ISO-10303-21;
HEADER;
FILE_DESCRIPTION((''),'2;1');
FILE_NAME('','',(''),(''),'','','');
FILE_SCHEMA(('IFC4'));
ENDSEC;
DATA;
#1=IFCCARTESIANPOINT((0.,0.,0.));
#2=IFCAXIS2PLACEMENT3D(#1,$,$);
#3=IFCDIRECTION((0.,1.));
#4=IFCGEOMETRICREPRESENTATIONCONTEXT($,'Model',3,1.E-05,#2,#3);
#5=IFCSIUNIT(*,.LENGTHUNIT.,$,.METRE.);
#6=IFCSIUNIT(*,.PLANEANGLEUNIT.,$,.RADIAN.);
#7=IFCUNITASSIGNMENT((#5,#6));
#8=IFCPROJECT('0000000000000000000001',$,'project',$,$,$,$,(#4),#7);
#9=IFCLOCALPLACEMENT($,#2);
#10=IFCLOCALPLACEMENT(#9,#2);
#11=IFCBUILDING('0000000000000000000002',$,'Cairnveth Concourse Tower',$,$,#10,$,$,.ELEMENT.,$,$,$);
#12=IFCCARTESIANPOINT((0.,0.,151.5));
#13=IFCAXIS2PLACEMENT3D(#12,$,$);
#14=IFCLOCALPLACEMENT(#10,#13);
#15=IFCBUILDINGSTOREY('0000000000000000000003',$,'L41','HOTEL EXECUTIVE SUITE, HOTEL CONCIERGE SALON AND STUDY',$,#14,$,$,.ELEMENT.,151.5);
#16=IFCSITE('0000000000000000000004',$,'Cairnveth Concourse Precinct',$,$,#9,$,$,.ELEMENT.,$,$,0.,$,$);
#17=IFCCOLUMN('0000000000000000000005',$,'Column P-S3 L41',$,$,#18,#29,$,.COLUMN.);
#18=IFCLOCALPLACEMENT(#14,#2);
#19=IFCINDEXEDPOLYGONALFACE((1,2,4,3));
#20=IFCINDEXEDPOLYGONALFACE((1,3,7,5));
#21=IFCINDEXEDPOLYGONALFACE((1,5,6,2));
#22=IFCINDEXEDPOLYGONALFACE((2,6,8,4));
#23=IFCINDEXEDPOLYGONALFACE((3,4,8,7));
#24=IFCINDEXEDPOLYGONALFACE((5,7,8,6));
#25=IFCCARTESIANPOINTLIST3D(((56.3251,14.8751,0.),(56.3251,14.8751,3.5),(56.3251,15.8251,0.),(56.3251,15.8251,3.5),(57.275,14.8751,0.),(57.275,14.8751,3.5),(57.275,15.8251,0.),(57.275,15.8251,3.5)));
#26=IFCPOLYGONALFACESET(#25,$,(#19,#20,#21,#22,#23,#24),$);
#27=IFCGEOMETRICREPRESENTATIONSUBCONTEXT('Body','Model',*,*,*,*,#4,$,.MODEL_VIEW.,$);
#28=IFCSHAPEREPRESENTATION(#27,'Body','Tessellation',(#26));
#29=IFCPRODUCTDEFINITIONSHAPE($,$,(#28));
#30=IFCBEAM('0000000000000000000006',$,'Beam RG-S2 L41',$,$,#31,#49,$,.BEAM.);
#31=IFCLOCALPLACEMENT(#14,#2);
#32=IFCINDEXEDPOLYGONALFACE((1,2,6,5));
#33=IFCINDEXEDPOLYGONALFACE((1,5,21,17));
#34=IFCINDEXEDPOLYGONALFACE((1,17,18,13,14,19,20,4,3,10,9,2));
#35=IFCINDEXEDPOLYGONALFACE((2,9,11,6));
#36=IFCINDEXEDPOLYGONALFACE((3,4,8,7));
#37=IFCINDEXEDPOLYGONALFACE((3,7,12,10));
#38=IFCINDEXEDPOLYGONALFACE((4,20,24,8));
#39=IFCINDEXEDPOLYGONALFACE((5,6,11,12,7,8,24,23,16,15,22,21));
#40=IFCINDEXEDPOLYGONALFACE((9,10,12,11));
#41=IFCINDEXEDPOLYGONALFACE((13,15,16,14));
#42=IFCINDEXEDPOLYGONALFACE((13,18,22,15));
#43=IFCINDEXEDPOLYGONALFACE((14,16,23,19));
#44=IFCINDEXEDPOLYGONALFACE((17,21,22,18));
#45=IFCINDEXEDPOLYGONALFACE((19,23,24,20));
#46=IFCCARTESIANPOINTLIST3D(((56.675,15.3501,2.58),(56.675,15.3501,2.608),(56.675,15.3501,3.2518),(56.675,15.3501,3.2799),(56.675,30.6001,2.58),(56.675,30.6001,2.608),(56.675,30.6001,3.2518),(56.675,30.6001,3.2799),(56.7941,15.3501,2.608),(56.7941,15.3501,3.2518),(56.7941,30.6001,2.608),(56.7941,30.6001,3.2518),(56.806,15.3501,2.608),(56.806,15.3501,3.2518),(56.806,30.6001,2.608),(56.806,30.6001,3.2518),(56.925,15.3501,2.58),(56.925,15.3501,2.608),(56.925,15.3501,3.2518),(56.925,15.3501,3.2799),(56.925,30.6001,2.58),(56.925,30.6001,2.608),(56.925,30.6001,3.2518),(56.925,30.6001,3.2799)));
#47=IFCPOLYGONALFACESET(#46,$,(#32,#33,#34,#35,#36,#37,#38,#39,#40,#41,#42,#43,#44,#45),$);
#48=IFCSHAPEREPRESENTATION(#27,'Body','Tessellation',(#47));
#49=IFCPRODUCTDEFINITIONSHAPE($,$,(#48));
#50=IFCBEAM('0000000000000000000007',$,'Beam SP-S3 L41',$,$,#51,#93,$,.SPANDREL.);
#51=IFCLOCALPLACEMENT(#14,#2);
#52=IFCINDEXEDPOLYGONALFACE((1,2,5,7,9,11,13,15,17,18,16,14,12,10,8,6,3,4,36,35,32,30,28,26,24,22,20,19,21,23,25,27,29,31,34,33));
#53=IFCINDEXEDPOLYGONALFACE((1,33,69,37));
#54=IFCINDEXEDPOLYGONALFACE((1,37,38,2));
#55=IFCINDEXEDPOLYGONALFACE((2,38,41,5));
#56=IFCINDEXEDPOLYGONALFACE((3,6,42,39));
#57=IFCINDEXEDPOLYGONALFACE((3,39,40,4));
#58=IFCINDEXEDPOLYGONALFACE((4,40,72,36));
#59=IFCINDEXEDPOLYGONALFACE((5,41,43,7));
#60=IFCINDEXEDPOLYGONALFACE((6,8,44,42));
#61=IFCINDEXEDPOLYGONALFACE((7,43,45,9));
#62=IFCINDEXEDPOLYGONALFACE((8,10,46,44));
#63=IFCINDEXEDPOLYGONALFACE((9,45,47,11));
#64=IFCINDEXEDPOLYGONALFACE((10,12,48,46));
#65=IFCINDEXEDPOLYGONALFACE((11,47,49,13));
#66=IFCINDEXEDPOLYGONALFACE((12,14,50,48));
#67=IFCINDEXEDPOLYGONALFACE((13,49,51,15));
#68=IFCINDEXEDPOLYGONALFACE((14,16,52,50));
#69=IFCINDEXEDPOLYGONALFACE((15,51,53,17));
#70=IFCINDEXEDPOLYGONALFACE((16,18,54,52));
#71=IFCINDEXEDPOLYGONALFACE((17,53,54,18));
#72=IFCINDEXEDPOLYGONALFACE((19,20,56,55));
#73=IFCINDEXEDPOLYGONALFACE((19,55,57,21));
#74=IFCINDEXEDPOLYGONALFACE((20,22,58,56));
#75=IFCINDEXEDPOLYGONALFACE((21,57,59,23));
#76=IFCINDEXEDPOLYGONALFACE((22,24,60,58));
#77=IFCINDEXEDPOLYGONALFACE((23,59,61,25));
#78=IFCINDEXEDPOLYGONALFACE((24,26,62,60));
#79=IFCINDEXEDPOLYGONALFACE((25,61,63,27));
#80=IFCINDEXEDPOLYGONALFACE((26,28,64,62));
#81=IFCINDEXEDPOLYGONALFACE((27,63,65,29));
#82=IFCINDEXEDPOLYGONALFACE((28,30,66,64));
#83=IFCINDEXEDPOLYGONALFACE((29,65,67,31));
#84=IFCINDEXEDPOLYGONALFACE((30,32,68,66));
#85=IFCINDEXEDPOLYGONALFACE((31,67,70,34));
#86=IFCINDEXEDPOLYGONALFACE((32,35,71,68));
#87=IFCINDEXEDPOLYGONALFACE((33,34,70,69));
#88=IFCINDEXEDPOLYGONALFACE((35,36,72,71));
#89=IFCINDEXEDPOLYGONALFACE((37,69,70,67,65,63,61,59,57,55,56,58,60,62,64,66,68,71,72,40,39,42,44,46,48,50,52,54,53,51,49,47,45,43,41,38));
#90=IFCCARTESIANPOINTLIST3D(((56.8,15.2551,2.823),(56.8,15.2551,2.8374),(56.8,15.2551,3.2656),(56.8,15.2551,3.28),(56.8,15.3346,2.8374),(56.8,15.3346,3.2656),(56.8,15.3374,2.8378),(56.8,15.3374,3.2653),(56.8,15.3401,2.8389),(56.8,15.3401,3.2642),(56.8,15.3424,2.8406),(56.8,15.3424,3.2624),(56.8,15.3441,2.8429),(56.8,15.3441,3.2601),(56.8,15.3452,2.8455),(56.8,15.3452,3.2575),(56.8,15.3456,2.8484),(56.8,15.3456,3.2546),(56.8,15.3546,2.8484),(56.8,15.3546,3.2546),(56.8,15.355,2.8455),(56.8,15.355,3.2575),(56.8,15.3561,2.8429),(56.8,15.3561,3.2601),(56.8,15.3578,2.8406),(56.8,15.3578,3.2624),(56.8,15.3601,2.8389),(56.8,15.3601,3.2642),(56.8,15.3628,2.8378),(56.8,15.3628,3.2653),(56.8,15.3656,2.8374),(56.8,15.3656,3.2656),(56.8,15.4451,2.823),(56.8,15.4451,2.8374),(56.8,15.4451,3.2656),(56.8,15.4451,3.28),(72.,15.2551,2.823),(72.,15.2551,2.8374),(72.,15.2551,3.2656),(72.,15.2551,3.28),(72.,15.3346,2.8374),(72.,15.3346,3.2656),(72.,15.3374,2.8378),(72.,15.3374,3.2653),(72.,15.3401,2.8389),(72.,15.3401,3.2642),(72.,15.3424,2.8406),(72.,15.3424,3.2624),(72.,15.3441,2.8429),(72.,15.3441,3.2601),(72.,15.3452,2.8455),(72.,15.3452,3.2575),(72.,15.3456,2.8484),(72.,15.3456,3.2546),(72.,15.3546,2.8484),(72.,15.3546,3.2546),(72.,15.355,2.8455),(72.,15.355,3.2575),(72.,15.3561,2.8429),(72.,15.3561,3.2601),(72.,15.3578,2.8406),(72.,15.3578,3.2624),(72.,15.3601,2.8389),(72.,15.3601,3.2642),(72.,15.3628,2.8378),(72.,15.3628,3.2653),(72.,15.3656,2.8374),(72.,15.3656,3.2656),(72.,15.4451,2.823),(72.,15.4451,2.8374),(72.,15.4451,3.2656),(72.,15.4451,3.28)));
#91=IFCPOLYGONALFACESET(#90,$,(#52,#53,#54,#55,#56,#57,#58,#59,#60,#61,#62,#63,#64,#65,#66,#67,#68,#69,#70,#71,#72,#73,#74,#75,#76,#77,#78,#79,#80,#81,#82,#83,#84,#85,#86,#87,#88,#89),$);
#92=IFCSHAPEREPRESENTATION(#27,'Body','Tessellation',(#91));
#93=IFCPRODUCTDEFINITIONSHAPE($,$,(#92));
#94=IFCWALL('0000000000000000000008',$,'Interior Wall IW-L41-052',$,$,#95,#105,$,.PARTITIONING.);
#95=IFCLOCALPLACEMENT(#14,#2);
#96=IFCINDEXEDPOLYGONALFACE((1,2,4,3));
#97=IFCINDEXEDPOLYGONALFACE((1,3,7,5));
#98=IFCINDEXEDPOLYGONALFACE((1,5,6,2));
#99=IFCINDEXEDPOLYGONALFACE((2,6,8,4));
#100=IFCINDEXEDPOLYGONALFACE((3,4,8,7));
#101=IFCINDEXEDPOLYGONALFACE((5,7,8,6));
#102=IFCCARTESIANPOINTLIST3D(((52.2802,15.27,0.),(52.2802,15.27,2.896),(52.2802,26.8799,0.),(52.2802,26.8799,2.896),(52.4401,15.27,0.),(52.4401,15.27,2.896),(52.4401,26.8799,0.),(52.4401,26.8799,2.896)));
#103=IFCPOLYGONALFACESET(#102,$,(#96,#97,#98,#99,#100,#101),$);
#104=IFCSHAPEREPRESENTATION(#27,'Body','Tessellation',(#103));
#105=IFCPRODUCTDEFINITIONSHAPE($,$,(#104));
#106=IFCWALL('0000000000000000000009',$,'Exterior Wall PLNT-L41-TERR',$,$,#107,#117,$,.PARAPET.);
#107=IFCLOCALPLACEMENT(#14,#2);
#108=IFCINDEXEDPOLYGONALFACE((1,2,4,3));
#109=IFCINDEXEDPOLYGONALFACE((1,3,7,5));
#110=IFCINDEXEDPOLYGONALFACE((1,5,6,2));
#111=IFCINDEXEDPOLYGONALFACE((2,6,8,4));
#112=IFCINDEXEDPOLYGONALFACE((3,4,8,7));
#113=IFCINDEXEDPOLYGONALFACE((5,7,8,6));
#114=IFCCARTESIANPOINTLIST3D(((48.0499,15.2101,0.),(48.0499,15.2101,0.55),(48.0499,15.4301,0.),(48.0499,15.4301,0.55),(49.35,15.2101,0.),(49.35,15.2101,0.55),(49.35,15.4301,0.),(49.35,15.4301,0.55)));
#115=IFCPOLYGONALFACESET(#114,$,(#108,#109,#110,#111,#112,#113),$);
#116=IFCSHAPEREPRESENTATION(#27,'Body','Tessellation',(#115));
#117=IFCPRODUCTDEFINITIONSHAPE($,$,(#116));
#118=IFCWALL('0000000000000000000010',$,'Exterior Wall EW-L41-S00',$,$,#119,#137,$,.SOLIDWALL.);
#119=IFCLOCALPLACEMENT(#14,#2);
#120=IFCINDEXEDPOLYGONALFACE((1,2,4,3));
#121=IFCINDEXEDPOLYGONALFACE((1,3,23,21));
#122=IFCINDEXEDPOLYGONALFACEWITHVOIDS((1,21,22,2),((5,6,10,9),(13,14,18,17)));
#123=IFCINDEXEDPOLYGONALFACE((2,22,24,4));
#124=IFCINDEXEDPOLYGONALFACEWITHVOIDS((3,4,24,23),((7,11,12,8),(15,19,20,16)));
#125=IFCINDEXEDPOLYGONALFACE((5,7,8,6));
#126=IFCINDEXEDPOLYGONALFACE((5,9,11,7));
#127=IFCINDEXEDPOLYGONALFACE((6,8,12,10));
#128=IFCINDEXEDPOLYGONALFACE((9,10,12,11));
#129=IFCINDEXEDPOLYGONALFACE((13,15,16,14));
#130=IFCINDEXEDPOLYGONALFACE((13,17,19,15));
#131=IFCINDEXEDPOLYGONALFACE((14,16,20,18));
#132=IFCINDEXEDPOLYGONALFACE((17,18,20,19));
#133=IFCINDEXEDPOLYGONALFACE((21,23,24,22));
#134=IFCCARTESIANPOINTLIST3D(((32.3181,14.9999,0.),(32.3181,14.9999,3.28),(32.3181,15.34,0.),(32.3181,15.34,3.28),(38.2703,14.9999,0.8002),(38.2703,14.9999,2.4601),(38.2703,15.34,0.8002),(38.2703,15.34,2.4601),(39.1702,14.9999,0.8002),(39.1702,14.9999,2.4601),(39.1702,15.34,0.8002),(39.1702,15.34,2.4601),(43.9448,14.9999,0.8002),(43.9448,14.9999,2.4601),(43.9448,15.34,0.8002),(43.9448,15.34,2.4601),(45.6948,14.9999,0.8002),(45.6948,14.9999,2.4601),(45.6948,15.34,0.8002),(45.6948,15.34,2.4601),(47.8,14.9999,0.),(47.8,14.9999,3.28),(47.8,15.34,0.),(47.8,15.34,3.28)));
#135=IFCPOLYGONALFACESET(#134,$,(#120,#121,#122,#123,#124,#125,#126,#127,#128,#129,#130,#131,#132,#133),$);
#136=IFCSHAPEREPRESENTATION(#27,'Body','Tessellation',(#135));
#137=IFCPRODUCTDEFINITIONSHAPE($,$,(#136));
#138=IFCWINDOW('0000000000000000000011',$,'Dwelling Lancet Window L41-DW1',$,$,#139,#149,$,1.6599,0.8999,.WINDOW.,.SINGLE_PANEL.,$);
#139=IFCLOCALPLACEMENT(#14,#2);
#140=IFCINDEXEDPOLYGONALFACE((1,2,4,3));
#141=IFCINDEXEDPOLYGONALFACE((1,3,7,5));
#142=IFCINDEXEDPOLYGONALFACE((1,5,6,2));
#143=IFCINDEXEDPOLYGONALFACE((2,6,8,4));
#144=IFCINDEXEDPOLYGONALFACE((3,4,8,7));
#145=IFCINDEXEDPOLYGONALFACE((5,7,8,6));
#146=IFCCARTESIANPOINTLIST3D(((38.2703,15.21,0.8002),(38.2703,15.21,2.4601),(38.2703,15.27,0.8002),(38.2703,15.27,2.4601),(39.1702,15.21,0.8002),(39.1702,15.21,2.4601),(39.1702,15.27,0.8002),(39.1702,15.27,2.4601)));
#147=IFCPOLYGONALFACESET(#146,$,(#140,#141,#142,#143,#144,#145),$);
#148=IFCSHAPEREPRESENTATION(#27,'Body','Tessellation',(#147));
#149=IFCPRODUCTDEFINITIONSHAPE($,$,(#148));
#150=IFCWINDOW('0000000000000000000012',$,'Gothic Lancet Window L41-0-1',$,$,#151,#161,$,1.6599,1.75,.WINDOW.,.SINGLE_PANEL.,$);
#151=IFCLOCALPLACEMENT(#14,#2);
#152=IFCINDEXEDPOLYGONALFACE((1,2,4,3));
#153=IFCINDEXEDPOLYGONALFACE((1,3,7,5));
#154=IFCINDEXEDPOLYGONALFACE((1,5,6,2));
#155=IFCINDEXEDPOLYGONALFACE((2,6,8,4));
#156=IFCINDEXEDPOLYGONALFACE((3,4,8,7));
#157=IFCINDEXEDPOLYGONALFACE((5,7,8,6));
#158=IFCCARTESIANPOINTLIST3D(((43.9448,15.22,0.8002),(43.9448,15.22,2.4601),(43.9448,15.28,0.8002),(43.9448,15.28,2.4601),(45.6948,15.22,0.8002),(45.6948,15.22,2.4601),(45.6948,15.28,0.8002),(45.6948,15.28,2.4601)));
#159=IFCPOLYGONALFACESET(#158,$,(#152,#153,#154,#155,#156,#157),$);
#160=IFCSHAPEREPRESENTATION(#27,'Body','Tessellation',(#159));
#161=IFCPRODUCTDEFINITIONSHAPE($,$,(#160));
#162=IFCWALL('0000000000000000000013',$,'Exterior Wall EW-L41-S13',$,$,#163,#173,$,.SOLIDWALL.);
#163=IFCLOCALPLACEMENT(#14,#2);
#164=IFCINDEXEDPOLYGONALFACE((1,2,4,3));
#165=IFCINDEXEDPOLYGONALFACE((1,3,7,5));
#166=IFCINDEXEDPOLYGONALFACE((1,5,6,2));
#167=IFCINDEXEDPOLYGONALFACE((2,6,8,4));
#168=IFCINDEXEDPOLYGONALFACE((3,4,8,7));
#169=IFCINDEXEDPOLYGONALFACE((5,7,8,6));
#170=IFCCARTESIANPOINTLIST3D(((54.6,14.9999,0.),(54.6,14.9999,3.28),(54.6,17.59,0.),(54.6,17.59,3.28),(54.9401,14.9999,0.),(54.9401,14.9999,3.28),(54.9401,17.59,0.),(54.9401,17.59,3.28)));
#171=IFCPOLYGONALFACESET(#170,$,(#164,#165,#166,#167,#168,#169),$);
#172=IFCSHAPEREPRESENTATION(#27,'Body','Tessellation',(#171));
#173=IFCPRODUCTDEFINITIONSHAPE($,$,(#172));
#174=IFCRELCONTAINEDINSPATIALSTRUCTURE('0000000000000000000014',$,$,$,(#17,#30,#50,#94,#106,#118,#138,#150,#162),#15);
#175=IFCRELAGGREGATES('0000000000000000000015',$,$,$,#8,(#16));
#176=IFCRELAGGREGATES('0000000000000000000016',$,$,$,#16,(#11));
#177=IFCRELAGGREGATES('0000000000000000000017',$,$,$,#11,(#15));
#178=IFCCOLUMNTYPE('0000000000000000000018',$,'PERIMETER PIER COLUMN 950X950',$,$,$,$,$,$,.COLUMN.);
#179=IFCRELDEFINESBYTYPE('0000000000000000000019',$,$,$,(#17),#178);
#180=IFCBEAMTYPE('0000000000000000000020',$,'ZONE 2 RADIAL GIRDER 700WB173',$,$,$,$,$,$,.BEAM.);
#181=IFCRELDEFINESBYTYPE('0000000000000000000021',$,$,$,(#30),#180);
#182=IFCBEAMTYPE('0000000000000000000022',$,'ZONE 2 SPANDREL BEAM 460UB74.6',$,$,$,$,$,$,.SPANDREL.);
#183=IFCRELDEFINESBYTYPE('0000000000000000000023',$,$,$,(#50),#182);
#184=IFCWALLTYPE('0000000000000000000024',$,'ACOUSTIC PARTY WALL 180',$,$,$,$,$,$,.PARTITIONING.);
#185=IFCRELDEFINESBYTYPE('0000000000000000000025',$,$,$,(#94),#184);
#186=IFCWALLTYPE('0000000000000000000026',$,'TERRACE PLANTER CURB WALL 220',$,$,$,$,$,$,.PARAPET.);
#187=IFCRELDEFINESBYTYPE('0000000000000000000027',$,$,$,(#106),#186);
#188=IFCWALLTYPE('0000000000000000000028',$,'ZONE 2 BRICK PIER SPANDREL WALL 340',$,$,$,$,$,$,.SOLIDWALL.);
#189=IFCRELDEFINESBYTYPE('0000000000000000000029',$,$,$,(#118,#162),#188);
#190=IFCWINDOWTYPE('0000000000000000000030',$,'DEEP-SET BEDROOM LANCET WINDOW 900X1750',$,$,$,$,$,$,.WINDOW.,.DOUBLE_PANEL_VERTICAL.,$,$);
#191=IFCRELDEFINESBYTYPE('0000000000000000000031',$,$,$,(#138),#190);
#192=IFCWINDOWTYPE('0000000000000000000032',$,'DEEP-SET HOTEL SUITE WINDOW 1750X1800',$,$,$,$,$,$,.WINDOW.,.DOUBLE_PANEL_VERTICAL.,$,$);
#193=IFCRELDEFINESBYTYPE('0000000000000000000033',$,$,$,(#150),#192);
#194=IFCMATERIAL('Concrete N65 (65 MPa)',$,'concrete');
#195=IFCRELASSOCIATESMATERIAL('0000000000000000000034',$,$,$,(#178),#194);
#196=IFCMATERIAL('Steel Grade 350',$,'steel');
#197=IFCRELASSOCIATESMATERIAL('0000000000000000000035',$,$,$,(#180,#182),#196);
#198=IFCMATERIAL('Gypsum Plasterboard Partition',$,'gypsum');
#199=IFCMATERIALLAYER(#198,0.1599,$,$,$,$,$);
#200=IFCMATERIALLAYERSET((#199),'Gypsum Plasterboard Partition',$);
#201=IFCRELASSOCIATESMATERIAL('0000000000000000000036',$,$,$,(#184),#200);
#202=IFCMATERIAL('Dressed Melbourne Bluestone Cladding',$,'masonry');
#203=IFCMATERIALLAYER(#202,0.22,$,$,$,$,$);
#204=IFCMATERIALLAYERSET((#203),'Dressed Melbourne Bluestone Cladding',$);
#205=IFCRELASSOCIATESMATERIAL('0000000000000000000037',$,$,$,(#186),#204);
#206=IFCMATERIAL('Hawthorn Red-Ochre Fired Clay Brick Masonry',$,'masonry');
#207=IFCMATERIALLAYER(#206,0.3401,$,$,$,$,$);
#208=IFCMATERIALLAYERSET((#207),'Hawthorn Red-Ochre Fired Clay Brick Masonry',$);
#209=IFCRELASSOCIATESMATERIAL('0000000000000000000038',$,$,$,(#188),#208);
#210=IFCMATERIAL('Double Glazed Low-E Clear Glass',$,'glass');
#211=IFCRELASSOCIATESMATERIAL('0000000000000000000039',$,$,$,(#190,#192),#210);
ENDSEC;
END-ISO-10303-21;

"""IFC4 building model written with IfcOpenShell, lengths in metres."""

from ifc_helpers import new_model, si_unit, direction, frame, frame_2d, origin, origin_2d, place, context, subcontext, project, spatial, rectangle, i_section, extrude, material, layer, layer_set, material_profile, profile_set, type_object, element, fill, save


model = new_model("IFC4")

# Units and contexts
model_context = context("Model", 3, precision=1e-05, world=origin(), true_north=direction((0.0, 1.0)))
body_context = subcontext(model_context, "Body", "Model", "MODEL_VIEW")
ifc_project = project(units=[si_unit("LENGTHUNIT", "METRE"), si_unit("PLANEANGLEUNIT", "RADIAN")], contexts=[model_context])

# Site, building, storey
site_placement = place(None, origin())
site = spatial("IfcSite", under=ifc_project, at=site_placement, Name="Cairnveth Concourse Precinct", CompositionType="ELEMENT", RefElevation=0.0)
building_placement = place(site_placement, origin())
building = spatial("IfcBuilding", under=site, at=building_placement, Name="Cairnveth Concourse Tower", CompositionType="ELEMENT")
storey_placement = place(building_placement, frame((0.0, 0.0, 151.5)))
storey = spatial("IfcBuildingStorey", under=building, at=storey_placement, Name="L41", Description="HOTEL EXECUTIVE SUITE, HOTEL CONCIERGE SALON AND STUDY", CompositionType="ELEMENT", Elevation=151.5)

# Column
ifc_material_1 = material(Name="Concrete N65 (65 MPa)", Category="concrete")
ifc_material_profile_1 = material_profile(ifc_material_1, rectangle(XDim=0.95, YDim=0.95, at=origin_2d()), Name="RC-COL-950x950")
ifc_profile_set_1 = profile_set([ifc_material_profile_1], Name="Concrete N65 (65 MPa)")
column_type = type_object("IfcColumnType", Name="PERIMETER PIER COLUMN 950X950", PredefinedType="COLUMN", material=ifc_profile_set_1)
column_placement = place(storey_placement, frame((56.8, 15.3501, 0.0), z_axis=(0.0, 0.0, 1.0), x_axis=(1.0, 0.0, 0.0)))
element("IfcColumn", 1, at=column_placement, inside=storey, type_object=column_type, Name="Column P-S3 L41", PredefinedType="COLUMN", context=body_context, shape_type="SweptSolid", body=[
    extrude(rectangle(XDim=0.95, YDim=0.95, at=origin_2d()), origin(), (0.0, 0.0, 1.0), 3.5),
])

# Beams
ifc_material_2 = material(Name="Steel Grade 350", Category="steel")
ifc_material_profile_2 = material_profile(ifc_material_2, i_section(OverallWidth=0.25, OverallDepth=0.7, WebThickness=0.012, FlangeThickness=0.0281, at=origin_2d()), Name="700WB173")
ifc_profile_set_2 = profile_set([ifc_material_profile_2], Name="Steel Grade 350")
beam_type_1 = type_object("IfcBeamType", Name="ZONE 2 RADIAL GIRDER 700WB173", PredefinedType="BEAM", material=ifc_profile_set_2)
beam_1_placement = place(storey_placement, frame((56.8, 15.3501, 2.9299), z_axis=(0.0, 1.0, 0.0), x_axis=(-1.0, 0.0, 0.0)))
element("IfcBeam", 2, at=beam_1_placement, inside=storey, type_object=beam_type_1, Name="Beam RG-S2 L41", PredefinedType="BEAM", context=body_context, shape_type="SweptSolid", body=[
    extrude(i_section(OverallWidth=0.25, OverallDepth=0.7, WebThickness=0.012, FlangeThickness=0.0281, at=origin_2d()), origin(), (0.0, 0.0, 1.0), 15.25),
])
ifc_material_profile_3 = material_profile(ifc_material_2, i_section(OverallWidth=0.1899, OverallDepth=0.457, WebThickness=0.009, FlangeThickness=0.0144, FilletRadius=0.011, at=origin_2d()), Name="460UB74.6")
ifc_profile_set_3 = profile_set([ifc_material_profile_3], Name="Steel Grade 350")
beam_type_2 = type_object("IfcBeamType", Name="ZONE 2 SPANDREL BEAM 460UB74.6", PredefinedType="SPANDREL", material=ifc_profile_set_3)
beam_2_placement = place(storey_placement, frame((56.8, 15.3501, 3.0515), z_axis=(1.0, 0.0, 0.0), x_axis=(0.0, 1.0, 0.0)))
element("IfcBeam", 3, at=beam_2_placement, inside=storey, type_object=beam_type_2, Name="Beam SP-S3 L41", PredefinedType="SPANDREL", context=body_context, shape_type="SweptSolid", body=[
    extrude(i_section(OverallWidth=0.1899, OverallDepth=0.457, WebThickness=0.009, FlangeThickness=0.0144, FilletRadius=0.011, at=origin_2d()), origin(), (0.0, 0.0, 1.0), 15.2),
])

# Walls
ifc_material_3 = material(Name="Gypsum Plasterboard Partition", Category="gypsum")
ifc_layer_1 = layer(ifc_material_3, 0.1599)
ifc_layer_set_1 = layer_set([ifc_layer_1], Name="Gypsum Plasterboard Partition")
wall_type_1 = type_object("IfcWallType", Name="ACOUSTIC PARTY WALL 180", PredefinedType="PARTITIONING", material=ifc_layer_set_1)
wall_1_placement = place(storey_placement, frame((52.3601, 15.27, 0.0), z_axis=(0.0, 0.0, 1.0), x_axis=(0.0, 1.0, 0.0)))
element("IfcWall", 4, at=wall_1_placement, inside=storey, type_object=wall_type_1, Name="Interior Wall IW-L41-052", PredefinedType="PARTITIONING", context=body_context, shape_type="SweptSolid", body=[
    extrude(rectangle(XDim=11.6099, YDim=0.1599, at=frame_2d((5.8049, 0.0))), origin(), (0.0, 0.0, 1.0), 2.896),
])
ifc_material_4 = material(Name="Dressed Melbourne Bluestone Cladding", Category="masonry")
ifc_layer_2 = layer(ifc_material_4, 0.22)
ifc_layer_set_2 = layer_set([ifc_layer_2], Name="Dressed Melbourne Bluestone Cladding")
wall_type_2 = type_object("IfcWallType", Name="TERRACE PLANTER CURB WALL 220", PredefinedType="PARAPET", material=ifc_layer_set_2)
wall_2_placement = place(storey_placement, frame((48.05, 15.3201, 0.0), z_axis=(0.0, 0.0, 1.0), x_axis=(1.0, 0.0, 0.0)))
element("IfcWall", 5, at=wall_2_placement, inside=storey, type_object=wall_type_2, Name="Exterior Wall PLNT-L41-TERR", PredefinedType="PARAPET", context=body_context, shape_type="SweptSolid", body=[
    extrude(rectangle(XDim=1.3, YDim=0.22, at=frame_2d((0.6499, 0.0))), origin(), (0.0, 0.0, 1.0), 0.55),
])

# Wall, openings, windows
ifc_material_5 = material(Name="Hawthorn Red-Ochre Fired Clay Brick Masonry", Category="masonry")
ifc_layer_3 = layer(ifc_material_5, 0.3401)
ifc_layer_set_3 = layer_set([ifc_layer_3], Name="Hawthorn Red-Ochre Fired Clay Brick Masonry")
wall_type_3 = type_object("IfcWallType", Name="ZONE 2 BRICK PIER SPANDREL WALL 340", PredefinedType="SOLIDWALL", material=ifc_layer_set_3)
wall_3_placement = place(storey_placement, frame((47.8, 15.1699, 0.0), z_axis=(0.0, 0.0, 1.0), x_axis=(-1.0, 0.0, 0.0)))
wall_3 = element("IfcWall", 6, at=wall_3_placement, inside=storey, type_object=wall_type_3, Name="Exterior Wall EW-L41-S00", PredefinedType="SOLIDWALL", context=body_context, shape_type="SweptSolid", body=[
    extrude(rectangle(XDim=15.4819, YDim=0.3401, at=frame_2d((7.741, 0.0))), origin(), (0.0, 0.0, 1.0), 3.28),
])
opening_1_placement = place(wall_3_placement, frame((2.1052, 0.0, 0.8)))
opening_1 = element("IfcOpeningElement", 7, at=opening_1_placement, cuts=wall_3, PredefinedType="OPENING", context=body_context, shape_type="SweptSolid", body=[
    extrude(rectangle(XDim=1.75, YDim=1.6599, at=frame_2d((0.875, 0.8301))), frame((0.0, 0.1799, 0.0), z_axis=(0.0, -1.0, 0.0), x_axis=(1.0, 0.0, 0.0)), (0.0, 0.0, 1.0), 0.3601),
])
opening_2_placement = place(wall_3_placement, frame((8.6299, 0.0, 0.8)))
opening_2 = element("IfcOpeningElement", 8, at=opening_2_placement, cuts=wall_3, PredefinedType="OPENING", context=body_context, shape_type="SweptSolid", body=[
    extrude(rectangle(XDim=0.8999, YDim=1.6599, at=frame_2d((0.45, 0.8301))), frame((0.0, 0.1799, 0.0), z_axis=(0.0, -1.0, 0.0), x_axis=(1.0, 0.0, 0.0)), (0.0, 0.0, 1.0), 0.3601),
])
ifc_material_6 = material(Name="Double Glazed Low-E Clear Glass", Category="glass")
window_type_1 = type_object("IfcWindowType", Name="DEEP-SET BEDROOM LANCET WINDOW 900X1750", PartitioningType="DOUBLE_PANEL_VERTICAL", PredefinedType="WINDOW", material=ifc_material_6)
window_1_placement = place(opening_2_placement, origin())
window_1 = element("IfcWindow", 9, at=window_1_placement, inside=storey, type_object=window_type_1, Name="Dwelling Lancet Window L41-DW1", OverallHeight=1.6599, OverallWidth=0.8999, PartitioningType="SINGLE_PANEL", PredefinedType="WINDOW", context=body_context, shape_type="SweptSolid", body=[
    extrude(rectangle(XDim=0.8999, YDim=1.6599, at=frame_2d((0.45, 0.8301))), frame((0.0, -0.04, 0.0), z_axis=(0.0, -1.0, 0.0), x_axis=(1.0, 0.0, 0.0)), (0.0, 0.0, 1.0), 0.0601),
])
fill(opening_2, window_1)
window_type_2 = type_object("IfcWindowType", Name="DEEP-SET HOTEL SUITE WINDOW 1750X1800", PartitioningType="DOUBLE_PANEL_VERTICAL", PredefinedType="WINDOW", material=ifc_material_6)
window_2_placement = place(opening_1_placement, origin())
window_2 = element("IfcWindow", 10, at=window_2_placement, inside=storey, type_object=window_type_2, Name="Gothic Lancet Window L41-0-1", OverallHeight=1.6599, OverallWidth=1.75, PartitioningType="SINGLE_PANEL", PredefinedType="WINDOW", context=body_context, shape_type="SweptSolid", body=[
    extrude(rectangle(XDim=1.75, YDim=1.6599, at=frame_2d((0.875, 0.8301))), frame((0.0, -0.05, 0.0), z_axis=(0.0, -1.0, 0.0), x_axis=(1.0, 0.0, 0.0)), (0.0, 0.0, 1.0), 0.0601),
])
fill(opening_1, window_2)

# Wall
wall_4_placement = place(storey_placement, frame((54.77, 15.0, 0.0), z_axis=(0.0, 0.0, 1.0), x_axis=(0.0, 1.0, 0.0)))
element("IfcWall", 11, at=wall_4_placement, inside=storey, type_object=wall_type_3, Name="Exterior Wall EW-L41-S13", PredefinedType="SOLIDWALL", context=body_context, shape_type="SweptSolid", body=[
    extrude(rectangle(XDim=2.5901, YDim=0.3401, at=frame_2d((1.2949, 0.0))), origin(), (0.0, 0.0, 1.0), 3.28),
])

save(model, "model.ifc")
